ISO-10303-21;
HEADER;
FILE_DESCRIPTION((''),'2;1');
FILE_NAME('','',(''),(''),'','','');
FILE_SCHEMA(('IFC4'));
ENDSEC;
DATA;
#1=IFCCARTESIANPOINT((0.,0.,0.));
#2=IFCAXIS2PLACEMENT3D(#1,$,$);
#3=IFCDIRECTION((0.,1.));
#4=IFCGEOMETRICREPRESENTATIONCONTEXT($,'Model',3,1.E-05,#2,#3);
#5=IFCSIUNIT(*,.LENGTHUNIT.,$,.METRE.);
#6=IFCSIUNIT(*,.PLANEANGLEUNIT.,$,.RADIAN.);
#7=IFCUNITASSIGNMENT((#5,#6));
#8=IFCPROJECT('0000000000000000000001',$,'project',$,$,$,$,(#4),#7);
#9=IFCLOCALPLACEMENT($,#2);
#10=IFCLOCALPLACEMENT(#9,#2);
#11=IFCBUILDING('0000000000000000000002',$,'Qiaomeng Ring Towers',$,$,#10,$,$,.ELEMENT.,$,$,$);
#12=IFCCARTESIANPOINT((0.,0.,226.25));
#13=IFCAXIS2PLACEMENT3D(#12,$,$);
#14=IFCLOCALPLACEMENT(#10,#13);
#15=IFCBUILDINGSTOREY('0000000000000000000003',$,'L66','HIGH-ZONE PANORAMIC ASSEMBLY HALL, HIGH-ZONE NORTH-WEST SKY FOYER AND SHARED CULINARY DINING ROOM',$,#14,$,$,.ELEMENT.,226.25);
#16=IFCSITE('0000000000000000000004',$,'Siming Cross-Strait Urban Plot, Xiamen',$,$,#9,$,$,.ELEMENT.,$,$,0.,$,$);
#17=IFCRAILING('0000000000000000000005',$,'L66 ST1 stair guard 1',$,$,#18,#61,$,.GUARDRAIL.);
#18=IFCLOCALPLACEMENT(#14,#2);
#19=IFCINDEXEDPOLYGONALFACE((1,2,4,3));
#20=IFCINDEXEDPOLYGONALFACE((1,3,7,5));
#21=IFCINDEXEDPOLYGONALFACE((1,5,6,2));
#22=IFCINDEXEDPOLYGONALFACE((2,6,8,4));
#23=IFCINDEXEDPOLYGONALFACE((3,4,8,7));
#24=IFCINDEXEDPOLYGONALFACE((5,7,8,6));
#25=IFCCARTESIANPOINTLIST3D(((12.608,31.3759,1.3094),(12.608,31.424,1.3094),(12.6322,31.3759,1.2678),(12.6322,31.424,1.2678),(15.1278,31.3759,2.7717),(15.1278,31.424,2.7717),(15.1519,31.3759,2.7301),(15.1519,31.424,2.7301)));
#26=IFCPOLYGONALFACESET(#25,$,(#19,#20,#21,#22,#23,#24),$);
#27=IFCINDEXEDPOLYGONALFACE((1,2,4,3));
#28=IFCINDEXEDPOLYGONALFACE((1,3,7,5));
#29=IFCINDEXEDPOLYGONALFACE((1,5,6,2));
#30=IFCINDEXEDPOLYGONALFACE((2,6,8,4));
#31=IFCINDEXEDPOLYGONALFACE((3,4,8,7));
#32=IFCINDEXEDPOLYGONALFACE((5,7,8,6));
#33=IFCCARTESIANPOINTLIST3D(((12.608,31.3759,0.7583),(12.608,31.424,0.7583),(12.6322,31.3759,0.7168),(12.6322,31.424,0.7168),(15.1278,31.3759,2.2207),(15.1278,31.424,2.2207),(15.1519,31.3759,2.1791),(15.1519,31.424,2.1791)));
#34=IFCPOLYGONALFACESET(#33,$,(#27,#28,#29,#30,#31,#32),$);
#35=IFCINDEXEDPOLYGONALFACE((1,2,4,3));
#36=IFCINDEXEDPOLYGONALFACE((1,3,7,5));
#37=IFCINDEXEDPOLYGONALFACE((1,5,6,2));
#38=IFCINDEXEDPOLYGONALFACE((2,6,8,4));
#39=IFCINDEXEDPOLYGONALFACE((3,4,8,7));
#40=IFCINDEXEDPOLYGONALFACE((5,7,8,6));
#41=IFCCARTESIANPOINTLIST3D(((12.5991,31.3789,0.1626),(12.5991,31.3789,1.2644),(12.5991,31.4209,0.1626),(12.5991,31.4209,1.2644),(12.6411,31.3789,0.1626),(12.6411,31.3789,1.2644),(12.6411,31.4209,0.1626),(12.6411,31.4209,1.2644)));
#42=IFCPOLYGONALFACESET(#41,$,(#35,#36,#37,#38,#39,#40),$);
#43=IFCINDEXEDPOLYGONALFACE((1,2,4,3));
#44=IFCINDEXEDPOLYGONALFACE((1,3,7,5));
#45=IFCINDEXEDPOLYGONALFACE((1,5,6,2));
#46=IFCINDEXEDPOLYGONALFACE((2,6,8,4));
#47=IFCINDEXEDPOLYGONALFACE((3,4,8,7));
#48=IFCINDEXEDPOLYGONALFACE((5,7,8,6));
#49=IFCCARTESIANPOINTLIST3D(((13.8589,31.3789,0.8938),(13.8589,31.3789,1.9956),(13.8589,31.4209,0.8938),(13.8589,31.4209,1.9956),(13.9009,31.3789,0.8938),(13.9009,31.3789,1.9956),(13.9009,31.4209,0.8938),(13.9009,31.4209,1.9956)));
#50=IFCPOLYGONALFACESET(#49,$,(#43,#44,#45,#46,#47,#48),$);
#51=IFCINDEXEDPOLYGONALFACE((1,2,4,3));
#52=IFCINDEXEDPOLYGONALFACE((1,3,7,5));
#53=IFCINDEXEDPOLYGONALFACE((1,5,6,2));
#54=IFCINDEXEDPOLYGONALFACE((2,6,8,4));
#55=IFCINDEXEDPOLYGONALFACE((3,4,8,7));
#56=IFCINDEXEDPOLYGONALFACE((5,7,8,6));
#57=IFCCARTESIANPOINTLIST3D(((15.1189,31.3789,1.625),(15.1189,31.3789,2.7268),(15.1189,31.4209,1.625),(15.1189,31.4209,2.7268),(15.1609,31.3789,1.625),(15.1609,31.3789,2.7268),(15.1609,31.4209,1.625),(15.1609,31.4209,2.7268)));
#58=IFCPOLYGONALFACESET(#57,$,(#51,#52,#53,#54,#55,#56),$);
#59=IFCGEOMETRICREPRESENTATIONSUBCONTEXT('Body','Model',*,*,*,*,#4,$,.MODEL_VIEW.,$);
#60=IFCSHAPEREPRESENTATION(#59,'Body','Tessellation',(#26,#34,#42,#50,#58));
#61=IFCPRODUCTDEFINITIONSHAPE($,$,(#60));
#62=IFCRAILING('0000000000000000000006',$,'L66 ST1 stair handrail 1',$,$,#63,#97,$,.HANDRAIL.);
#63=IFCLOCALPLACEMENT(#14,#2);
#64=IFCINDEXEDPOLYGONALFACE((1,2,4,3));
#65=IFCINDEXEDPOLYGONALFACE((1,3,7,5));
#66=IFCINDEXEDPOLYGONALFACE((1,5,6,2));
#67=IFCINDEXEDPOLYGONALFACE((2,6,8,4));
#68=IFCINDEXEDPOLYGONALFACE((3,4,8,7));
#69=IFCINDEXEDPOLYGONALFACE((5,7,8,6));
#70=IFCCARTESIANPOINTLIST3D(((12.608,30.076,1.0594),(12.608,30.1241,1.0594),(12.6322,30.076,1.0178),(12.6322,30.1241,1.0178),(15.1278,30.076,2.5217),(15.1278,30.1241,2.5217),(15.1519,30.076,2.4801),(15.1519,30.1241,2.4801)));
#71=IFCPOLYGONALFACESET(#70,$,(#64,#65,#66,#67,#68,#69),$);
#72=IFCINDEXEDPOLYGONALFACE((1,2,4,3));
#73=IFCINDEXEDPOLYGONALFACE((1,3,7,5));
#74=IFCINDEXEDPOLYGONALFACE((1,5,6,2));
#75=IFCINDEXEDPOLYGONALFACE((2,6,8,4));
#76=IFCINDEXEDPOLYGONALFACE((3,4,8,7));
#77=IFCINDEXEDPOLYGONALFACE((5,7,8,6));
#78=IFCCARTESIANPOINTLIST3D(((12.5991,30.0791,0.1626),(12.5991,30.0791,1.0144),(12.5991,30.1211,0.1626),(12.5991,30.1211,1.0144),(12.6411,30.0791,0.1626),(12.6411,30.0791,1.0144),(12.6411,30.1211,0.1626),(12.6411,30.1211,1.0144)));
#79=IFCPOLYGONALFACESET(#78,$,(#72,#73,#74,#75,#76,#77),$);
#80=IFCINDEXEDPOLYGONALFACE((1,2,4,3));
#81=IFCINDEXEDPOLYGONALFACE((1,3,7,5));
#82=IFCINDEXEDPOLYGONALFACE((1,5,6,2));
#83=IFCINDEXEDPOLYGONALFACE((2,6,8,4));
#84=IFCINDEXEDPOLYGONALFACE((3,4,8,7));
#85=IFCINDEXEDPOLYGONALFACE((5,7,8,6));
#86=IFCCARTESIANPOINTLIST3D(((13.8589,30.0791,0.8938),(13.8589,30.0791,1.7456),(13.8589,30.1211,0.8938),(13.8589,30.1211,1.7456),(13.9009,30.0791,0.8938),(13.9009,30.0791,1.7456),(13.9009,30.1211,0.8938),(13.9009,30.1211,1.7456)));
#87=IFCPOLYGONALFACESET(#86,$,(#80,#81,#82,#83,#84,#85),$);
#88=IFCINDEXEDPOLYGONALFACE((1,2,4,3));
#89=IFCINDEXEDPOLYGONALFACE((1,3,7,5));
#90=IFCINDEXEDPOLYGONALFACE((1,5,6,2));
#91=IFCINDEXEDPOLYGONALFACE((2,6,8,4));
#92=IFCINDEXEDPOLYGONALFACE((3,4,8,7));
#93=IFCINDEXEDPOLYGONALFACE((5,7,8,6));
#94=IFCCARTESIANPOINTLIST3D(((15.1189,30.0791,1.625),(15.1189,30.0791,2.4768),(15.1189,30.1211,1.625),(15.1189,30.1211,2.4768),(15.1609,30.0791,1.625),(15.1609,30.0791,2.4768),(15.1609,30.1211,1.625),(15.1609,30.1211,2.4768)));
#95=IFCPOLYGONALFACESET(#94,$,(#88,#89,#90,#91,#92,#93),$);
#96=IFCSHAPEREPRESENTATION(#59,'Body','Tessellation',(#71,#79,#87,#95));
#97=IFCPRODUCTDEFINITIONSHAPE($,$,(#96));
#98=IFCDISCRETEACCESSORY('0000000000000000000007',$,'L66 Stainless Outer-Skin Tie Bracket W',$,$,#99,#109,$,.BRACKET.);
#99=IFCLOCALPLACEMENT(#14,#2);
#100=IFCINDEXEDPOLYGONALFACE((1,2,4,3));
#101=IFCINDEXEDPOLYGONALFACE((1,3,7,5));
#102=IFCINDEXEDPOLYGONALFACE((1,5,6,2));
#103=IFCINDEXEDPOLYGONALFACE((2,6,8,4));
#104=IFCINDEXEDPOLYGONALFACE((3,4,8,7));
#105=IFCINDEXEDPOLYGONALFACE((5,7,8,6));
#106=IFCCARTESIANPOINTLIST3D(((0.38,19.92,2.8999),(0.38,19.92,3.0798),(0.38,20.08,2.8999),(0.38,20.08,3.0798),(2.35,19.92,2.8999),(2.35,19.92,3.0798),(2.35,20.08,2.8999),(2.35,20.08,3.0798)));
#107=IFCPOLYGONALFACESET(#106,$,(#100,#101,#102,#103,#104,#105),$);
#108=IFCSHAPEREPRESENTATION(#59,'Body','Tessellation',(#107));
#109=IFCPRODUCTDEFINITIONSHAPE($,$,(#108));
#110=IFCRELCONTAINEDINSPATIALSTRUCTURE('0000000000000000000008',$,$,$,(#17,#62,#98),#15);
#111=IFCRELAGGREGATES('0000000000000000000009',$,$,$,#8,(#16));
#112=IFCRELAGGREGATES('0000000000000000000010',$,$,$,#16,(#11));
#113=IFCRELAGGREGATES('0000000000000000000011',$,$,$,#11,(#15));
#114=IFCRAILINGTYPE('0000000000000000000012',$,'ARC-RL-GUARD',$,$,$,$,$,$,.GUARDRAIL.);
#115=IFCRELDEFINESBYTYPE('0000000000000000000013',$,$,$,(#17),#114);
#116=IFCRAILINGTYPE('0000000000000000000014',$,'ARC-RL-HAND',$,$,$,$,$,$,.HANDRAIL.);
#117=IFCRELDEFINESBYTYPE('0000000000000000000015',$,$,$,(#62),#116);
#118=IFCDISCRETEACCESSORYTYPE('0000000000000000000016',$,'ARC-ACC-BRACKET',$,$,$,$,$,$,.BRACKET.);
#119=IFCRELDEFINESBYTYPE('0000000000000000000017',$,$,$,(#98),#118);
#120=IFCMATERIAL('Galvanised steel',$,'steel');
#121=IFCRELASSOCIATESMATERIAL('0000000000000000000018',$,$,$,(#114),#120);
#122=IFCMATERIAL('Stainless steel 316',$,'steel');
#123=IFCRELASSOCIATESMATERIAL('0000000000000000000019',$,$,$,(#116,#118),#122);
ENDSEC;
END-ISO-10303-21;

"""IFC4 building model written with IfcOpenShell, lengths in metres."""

from ifc_helpers import new_model, si_unit, direction, frame, origin, origin_2d, place, context, subcontext, project, spatial, rectangle, extrude, source, transform, mapped, material, type_object, element, save


model = new_model("IFC4")

# Units and contexts
model_context = context("Model", 3, precision=1e-05, world=origin(), true_north=direction((0.0, 1.0)))
body_context = subcontext(model_context, "Body", "Model", "MODEL_VIEW")
ifc_project = project(units=[si_unit("LENGTHUNIT", "METRE"), si_unit("PLANEANGLEUNIT", "RADIAN")], contexts=[model_context])

# Site, building, storey
site_placement = place(None, origin())
site = spatial("IfcSite", under=ifc_project, at=site_placement, Name="Siming Cross-Strait Urban Plot, Xiamen", CompositionType="ELEMENT", RefElevation=0.0)
building_placement = place(site_placement, origin())
building = spatial("IfcBuilding", under=site, at=building_placement, Name="Qiaomeng Ring Towers", CompositionType="ELEMENT")
storey_placement = place(building_placement, frame((0.0, 0.0, 226.25)))
storey = spatial("IfcBuildingStorey", under=building, at=storey_placement, Name="L66", Description="HIGH-ZONE PANORAMIC ASSEMBLY HALL, HIGH-ZONE NORTH-WEST SKY FOYER AND SHARED CULINARY DINING ROOM", CompositionType="ELEMENT", Elevation=226.25)

# Shared definitions
ifc_material_1 = material(Name="Stainless steel 316", Category="steel")

# Railings
ifc_material_2 = material(Name="Galvanised steel", Category="steel")
railing_type_1 = type_object("IfcRailingType", Name="ARC-RL-GUARD", PredefinedType="GUARDRAIL", material=ifc_material_2)
railing_1_placement = place(storey_placement, frame((12.6201, 31.3999, 0.1626)))
element("IfcRailing", 1, at=railing_1_placement, inside=storey, type_object=railing_type_1, Name="L66 ST1 stair guard 1", PredefinedType="GUARDRAIL", context=body_context, shape_type="SweptSolid", body=[
    extrude(rectangle(XDim=0.0481, YDim=0.0481, at=origin_2d()), frame((0.0, 0.0, 1.126), z_axis=(0.864892, 0.0, 0.501958), x_axis=(0.0, 1.0, 0.0)), (0.0, 0.0, 1.0), 2.9133),
    extrude(rectangle(XDim=0.0481, YDim=0.0481, at=origin_2d()), frame((0.0, 0.0, 0.575), z_axis=(0.864892, 0.0, 0.501958), x_axis=(0.0, 1.0, 0.0)), (0.0, 0.0, 1.0), 2.9133),
    extrude(rectangle(XDim=0.042, YDim=0.042, at=origin_2d()), origin(), (0.0, 0.0, 1.0), 1.1018),
    extrude(rectangle(XDim=0.042, YDim=0.042, at=origin_2d()), frame((1.2598, 0.0, 0.7312)), (0.0, 0.0, 1.0), 1.1018),
    extrude(rectangle(XDim=0.042, YDim=0.042, at=origin_2d()), frame((2.5198, 0.0, 1.4624)), (0.0, 0.0, 1.0), 1.1018),
])
railing_type_2 = type_object("IfcRailingType", Name="ARC-RL-HAND", PredefinedType="HANDRAIL", material=ifc_material_1)
railing_2_placement = place(storey_placement, frame((12.6201, 30.1001, 0.1626)))
element("IfcRailing", 2, at=railing_2_placement, inside=storey, type_object=railing_type_2, Name="L66 ST1 stair handrail 1", PredefinedType="HANDRAIL", context=body_context, shape_type="SweptSolid", body=[
    extrude(rectangle(XDim=0.0481, YDim=0.0481, at=origin_2d()), frame((0.0, 0.0, 0.876), z_axis=(0.864892, 0.0, 0.501958), x_axis=(0.0, 1.0, 0.0)), (0.0, 0.0, 1.0), 2.9133),
    extrude(rectangle(XDim=0.042, YDim=0.042, at=origin_2d()), origin(), (0.0, 0.0, 1.0), 0.8518),
    extrude(rectangle(XDim=0.042, YDim=0.042, at=origin_2d()), frame((1.2598, 0.0, 0.7312)), (0.0, 0.0, 1.0), 0.8518),
    extrude(rectangle(XDim=0.042, YDim=0.042, at=origin_2d()), frame((2.5198, 0.0, 1.4624)), (0.0, 0.0, 1.0), 0.8518),
])

# Discrete accessory
discrete_accessory_type = type_object("IfcDiscreteAccessoryType", Name="ARC-ACC-BRACKET", PredefinedType="BRACKET", material=ifc_material_1)
shared_shape_1 = source(origin(), body_context, "Body", "SweptSolid", [
    extrude(rectangle(XDim=1.97, YDim=0.1599, at=origin_2d()), origin(), (0.0, 0.0, 1.0), 0.1799),
])
discrete_accessory_placement = place(storey_placement, frame((1.365, 20.0, 2.8999), z_axis=(0.0, 0.0, 1.0), x_axis=(1.0, 0.0, 0.0)))
element("IfcDiscreteAccessory", 3, at=discrete_accessory_placement, inside=storey, type_object=discrete_accessory_type, Name="L66 Stainless Outer-Skin Tie Bracket W", PredefinedType="BRACKET", context=body_context, shape_type="MappedRepresentation", body=[
    mapped(shared_shape_1, transform((0.0, 0.0, 0.0), x_axis=(1.0, 0.0, 0.0), y_axis=(0.0, 1.0, 0.0), z_axis=(0.0, 0.0, 1.0), scale=1.0)),
])

save(model, "model.ifc")
